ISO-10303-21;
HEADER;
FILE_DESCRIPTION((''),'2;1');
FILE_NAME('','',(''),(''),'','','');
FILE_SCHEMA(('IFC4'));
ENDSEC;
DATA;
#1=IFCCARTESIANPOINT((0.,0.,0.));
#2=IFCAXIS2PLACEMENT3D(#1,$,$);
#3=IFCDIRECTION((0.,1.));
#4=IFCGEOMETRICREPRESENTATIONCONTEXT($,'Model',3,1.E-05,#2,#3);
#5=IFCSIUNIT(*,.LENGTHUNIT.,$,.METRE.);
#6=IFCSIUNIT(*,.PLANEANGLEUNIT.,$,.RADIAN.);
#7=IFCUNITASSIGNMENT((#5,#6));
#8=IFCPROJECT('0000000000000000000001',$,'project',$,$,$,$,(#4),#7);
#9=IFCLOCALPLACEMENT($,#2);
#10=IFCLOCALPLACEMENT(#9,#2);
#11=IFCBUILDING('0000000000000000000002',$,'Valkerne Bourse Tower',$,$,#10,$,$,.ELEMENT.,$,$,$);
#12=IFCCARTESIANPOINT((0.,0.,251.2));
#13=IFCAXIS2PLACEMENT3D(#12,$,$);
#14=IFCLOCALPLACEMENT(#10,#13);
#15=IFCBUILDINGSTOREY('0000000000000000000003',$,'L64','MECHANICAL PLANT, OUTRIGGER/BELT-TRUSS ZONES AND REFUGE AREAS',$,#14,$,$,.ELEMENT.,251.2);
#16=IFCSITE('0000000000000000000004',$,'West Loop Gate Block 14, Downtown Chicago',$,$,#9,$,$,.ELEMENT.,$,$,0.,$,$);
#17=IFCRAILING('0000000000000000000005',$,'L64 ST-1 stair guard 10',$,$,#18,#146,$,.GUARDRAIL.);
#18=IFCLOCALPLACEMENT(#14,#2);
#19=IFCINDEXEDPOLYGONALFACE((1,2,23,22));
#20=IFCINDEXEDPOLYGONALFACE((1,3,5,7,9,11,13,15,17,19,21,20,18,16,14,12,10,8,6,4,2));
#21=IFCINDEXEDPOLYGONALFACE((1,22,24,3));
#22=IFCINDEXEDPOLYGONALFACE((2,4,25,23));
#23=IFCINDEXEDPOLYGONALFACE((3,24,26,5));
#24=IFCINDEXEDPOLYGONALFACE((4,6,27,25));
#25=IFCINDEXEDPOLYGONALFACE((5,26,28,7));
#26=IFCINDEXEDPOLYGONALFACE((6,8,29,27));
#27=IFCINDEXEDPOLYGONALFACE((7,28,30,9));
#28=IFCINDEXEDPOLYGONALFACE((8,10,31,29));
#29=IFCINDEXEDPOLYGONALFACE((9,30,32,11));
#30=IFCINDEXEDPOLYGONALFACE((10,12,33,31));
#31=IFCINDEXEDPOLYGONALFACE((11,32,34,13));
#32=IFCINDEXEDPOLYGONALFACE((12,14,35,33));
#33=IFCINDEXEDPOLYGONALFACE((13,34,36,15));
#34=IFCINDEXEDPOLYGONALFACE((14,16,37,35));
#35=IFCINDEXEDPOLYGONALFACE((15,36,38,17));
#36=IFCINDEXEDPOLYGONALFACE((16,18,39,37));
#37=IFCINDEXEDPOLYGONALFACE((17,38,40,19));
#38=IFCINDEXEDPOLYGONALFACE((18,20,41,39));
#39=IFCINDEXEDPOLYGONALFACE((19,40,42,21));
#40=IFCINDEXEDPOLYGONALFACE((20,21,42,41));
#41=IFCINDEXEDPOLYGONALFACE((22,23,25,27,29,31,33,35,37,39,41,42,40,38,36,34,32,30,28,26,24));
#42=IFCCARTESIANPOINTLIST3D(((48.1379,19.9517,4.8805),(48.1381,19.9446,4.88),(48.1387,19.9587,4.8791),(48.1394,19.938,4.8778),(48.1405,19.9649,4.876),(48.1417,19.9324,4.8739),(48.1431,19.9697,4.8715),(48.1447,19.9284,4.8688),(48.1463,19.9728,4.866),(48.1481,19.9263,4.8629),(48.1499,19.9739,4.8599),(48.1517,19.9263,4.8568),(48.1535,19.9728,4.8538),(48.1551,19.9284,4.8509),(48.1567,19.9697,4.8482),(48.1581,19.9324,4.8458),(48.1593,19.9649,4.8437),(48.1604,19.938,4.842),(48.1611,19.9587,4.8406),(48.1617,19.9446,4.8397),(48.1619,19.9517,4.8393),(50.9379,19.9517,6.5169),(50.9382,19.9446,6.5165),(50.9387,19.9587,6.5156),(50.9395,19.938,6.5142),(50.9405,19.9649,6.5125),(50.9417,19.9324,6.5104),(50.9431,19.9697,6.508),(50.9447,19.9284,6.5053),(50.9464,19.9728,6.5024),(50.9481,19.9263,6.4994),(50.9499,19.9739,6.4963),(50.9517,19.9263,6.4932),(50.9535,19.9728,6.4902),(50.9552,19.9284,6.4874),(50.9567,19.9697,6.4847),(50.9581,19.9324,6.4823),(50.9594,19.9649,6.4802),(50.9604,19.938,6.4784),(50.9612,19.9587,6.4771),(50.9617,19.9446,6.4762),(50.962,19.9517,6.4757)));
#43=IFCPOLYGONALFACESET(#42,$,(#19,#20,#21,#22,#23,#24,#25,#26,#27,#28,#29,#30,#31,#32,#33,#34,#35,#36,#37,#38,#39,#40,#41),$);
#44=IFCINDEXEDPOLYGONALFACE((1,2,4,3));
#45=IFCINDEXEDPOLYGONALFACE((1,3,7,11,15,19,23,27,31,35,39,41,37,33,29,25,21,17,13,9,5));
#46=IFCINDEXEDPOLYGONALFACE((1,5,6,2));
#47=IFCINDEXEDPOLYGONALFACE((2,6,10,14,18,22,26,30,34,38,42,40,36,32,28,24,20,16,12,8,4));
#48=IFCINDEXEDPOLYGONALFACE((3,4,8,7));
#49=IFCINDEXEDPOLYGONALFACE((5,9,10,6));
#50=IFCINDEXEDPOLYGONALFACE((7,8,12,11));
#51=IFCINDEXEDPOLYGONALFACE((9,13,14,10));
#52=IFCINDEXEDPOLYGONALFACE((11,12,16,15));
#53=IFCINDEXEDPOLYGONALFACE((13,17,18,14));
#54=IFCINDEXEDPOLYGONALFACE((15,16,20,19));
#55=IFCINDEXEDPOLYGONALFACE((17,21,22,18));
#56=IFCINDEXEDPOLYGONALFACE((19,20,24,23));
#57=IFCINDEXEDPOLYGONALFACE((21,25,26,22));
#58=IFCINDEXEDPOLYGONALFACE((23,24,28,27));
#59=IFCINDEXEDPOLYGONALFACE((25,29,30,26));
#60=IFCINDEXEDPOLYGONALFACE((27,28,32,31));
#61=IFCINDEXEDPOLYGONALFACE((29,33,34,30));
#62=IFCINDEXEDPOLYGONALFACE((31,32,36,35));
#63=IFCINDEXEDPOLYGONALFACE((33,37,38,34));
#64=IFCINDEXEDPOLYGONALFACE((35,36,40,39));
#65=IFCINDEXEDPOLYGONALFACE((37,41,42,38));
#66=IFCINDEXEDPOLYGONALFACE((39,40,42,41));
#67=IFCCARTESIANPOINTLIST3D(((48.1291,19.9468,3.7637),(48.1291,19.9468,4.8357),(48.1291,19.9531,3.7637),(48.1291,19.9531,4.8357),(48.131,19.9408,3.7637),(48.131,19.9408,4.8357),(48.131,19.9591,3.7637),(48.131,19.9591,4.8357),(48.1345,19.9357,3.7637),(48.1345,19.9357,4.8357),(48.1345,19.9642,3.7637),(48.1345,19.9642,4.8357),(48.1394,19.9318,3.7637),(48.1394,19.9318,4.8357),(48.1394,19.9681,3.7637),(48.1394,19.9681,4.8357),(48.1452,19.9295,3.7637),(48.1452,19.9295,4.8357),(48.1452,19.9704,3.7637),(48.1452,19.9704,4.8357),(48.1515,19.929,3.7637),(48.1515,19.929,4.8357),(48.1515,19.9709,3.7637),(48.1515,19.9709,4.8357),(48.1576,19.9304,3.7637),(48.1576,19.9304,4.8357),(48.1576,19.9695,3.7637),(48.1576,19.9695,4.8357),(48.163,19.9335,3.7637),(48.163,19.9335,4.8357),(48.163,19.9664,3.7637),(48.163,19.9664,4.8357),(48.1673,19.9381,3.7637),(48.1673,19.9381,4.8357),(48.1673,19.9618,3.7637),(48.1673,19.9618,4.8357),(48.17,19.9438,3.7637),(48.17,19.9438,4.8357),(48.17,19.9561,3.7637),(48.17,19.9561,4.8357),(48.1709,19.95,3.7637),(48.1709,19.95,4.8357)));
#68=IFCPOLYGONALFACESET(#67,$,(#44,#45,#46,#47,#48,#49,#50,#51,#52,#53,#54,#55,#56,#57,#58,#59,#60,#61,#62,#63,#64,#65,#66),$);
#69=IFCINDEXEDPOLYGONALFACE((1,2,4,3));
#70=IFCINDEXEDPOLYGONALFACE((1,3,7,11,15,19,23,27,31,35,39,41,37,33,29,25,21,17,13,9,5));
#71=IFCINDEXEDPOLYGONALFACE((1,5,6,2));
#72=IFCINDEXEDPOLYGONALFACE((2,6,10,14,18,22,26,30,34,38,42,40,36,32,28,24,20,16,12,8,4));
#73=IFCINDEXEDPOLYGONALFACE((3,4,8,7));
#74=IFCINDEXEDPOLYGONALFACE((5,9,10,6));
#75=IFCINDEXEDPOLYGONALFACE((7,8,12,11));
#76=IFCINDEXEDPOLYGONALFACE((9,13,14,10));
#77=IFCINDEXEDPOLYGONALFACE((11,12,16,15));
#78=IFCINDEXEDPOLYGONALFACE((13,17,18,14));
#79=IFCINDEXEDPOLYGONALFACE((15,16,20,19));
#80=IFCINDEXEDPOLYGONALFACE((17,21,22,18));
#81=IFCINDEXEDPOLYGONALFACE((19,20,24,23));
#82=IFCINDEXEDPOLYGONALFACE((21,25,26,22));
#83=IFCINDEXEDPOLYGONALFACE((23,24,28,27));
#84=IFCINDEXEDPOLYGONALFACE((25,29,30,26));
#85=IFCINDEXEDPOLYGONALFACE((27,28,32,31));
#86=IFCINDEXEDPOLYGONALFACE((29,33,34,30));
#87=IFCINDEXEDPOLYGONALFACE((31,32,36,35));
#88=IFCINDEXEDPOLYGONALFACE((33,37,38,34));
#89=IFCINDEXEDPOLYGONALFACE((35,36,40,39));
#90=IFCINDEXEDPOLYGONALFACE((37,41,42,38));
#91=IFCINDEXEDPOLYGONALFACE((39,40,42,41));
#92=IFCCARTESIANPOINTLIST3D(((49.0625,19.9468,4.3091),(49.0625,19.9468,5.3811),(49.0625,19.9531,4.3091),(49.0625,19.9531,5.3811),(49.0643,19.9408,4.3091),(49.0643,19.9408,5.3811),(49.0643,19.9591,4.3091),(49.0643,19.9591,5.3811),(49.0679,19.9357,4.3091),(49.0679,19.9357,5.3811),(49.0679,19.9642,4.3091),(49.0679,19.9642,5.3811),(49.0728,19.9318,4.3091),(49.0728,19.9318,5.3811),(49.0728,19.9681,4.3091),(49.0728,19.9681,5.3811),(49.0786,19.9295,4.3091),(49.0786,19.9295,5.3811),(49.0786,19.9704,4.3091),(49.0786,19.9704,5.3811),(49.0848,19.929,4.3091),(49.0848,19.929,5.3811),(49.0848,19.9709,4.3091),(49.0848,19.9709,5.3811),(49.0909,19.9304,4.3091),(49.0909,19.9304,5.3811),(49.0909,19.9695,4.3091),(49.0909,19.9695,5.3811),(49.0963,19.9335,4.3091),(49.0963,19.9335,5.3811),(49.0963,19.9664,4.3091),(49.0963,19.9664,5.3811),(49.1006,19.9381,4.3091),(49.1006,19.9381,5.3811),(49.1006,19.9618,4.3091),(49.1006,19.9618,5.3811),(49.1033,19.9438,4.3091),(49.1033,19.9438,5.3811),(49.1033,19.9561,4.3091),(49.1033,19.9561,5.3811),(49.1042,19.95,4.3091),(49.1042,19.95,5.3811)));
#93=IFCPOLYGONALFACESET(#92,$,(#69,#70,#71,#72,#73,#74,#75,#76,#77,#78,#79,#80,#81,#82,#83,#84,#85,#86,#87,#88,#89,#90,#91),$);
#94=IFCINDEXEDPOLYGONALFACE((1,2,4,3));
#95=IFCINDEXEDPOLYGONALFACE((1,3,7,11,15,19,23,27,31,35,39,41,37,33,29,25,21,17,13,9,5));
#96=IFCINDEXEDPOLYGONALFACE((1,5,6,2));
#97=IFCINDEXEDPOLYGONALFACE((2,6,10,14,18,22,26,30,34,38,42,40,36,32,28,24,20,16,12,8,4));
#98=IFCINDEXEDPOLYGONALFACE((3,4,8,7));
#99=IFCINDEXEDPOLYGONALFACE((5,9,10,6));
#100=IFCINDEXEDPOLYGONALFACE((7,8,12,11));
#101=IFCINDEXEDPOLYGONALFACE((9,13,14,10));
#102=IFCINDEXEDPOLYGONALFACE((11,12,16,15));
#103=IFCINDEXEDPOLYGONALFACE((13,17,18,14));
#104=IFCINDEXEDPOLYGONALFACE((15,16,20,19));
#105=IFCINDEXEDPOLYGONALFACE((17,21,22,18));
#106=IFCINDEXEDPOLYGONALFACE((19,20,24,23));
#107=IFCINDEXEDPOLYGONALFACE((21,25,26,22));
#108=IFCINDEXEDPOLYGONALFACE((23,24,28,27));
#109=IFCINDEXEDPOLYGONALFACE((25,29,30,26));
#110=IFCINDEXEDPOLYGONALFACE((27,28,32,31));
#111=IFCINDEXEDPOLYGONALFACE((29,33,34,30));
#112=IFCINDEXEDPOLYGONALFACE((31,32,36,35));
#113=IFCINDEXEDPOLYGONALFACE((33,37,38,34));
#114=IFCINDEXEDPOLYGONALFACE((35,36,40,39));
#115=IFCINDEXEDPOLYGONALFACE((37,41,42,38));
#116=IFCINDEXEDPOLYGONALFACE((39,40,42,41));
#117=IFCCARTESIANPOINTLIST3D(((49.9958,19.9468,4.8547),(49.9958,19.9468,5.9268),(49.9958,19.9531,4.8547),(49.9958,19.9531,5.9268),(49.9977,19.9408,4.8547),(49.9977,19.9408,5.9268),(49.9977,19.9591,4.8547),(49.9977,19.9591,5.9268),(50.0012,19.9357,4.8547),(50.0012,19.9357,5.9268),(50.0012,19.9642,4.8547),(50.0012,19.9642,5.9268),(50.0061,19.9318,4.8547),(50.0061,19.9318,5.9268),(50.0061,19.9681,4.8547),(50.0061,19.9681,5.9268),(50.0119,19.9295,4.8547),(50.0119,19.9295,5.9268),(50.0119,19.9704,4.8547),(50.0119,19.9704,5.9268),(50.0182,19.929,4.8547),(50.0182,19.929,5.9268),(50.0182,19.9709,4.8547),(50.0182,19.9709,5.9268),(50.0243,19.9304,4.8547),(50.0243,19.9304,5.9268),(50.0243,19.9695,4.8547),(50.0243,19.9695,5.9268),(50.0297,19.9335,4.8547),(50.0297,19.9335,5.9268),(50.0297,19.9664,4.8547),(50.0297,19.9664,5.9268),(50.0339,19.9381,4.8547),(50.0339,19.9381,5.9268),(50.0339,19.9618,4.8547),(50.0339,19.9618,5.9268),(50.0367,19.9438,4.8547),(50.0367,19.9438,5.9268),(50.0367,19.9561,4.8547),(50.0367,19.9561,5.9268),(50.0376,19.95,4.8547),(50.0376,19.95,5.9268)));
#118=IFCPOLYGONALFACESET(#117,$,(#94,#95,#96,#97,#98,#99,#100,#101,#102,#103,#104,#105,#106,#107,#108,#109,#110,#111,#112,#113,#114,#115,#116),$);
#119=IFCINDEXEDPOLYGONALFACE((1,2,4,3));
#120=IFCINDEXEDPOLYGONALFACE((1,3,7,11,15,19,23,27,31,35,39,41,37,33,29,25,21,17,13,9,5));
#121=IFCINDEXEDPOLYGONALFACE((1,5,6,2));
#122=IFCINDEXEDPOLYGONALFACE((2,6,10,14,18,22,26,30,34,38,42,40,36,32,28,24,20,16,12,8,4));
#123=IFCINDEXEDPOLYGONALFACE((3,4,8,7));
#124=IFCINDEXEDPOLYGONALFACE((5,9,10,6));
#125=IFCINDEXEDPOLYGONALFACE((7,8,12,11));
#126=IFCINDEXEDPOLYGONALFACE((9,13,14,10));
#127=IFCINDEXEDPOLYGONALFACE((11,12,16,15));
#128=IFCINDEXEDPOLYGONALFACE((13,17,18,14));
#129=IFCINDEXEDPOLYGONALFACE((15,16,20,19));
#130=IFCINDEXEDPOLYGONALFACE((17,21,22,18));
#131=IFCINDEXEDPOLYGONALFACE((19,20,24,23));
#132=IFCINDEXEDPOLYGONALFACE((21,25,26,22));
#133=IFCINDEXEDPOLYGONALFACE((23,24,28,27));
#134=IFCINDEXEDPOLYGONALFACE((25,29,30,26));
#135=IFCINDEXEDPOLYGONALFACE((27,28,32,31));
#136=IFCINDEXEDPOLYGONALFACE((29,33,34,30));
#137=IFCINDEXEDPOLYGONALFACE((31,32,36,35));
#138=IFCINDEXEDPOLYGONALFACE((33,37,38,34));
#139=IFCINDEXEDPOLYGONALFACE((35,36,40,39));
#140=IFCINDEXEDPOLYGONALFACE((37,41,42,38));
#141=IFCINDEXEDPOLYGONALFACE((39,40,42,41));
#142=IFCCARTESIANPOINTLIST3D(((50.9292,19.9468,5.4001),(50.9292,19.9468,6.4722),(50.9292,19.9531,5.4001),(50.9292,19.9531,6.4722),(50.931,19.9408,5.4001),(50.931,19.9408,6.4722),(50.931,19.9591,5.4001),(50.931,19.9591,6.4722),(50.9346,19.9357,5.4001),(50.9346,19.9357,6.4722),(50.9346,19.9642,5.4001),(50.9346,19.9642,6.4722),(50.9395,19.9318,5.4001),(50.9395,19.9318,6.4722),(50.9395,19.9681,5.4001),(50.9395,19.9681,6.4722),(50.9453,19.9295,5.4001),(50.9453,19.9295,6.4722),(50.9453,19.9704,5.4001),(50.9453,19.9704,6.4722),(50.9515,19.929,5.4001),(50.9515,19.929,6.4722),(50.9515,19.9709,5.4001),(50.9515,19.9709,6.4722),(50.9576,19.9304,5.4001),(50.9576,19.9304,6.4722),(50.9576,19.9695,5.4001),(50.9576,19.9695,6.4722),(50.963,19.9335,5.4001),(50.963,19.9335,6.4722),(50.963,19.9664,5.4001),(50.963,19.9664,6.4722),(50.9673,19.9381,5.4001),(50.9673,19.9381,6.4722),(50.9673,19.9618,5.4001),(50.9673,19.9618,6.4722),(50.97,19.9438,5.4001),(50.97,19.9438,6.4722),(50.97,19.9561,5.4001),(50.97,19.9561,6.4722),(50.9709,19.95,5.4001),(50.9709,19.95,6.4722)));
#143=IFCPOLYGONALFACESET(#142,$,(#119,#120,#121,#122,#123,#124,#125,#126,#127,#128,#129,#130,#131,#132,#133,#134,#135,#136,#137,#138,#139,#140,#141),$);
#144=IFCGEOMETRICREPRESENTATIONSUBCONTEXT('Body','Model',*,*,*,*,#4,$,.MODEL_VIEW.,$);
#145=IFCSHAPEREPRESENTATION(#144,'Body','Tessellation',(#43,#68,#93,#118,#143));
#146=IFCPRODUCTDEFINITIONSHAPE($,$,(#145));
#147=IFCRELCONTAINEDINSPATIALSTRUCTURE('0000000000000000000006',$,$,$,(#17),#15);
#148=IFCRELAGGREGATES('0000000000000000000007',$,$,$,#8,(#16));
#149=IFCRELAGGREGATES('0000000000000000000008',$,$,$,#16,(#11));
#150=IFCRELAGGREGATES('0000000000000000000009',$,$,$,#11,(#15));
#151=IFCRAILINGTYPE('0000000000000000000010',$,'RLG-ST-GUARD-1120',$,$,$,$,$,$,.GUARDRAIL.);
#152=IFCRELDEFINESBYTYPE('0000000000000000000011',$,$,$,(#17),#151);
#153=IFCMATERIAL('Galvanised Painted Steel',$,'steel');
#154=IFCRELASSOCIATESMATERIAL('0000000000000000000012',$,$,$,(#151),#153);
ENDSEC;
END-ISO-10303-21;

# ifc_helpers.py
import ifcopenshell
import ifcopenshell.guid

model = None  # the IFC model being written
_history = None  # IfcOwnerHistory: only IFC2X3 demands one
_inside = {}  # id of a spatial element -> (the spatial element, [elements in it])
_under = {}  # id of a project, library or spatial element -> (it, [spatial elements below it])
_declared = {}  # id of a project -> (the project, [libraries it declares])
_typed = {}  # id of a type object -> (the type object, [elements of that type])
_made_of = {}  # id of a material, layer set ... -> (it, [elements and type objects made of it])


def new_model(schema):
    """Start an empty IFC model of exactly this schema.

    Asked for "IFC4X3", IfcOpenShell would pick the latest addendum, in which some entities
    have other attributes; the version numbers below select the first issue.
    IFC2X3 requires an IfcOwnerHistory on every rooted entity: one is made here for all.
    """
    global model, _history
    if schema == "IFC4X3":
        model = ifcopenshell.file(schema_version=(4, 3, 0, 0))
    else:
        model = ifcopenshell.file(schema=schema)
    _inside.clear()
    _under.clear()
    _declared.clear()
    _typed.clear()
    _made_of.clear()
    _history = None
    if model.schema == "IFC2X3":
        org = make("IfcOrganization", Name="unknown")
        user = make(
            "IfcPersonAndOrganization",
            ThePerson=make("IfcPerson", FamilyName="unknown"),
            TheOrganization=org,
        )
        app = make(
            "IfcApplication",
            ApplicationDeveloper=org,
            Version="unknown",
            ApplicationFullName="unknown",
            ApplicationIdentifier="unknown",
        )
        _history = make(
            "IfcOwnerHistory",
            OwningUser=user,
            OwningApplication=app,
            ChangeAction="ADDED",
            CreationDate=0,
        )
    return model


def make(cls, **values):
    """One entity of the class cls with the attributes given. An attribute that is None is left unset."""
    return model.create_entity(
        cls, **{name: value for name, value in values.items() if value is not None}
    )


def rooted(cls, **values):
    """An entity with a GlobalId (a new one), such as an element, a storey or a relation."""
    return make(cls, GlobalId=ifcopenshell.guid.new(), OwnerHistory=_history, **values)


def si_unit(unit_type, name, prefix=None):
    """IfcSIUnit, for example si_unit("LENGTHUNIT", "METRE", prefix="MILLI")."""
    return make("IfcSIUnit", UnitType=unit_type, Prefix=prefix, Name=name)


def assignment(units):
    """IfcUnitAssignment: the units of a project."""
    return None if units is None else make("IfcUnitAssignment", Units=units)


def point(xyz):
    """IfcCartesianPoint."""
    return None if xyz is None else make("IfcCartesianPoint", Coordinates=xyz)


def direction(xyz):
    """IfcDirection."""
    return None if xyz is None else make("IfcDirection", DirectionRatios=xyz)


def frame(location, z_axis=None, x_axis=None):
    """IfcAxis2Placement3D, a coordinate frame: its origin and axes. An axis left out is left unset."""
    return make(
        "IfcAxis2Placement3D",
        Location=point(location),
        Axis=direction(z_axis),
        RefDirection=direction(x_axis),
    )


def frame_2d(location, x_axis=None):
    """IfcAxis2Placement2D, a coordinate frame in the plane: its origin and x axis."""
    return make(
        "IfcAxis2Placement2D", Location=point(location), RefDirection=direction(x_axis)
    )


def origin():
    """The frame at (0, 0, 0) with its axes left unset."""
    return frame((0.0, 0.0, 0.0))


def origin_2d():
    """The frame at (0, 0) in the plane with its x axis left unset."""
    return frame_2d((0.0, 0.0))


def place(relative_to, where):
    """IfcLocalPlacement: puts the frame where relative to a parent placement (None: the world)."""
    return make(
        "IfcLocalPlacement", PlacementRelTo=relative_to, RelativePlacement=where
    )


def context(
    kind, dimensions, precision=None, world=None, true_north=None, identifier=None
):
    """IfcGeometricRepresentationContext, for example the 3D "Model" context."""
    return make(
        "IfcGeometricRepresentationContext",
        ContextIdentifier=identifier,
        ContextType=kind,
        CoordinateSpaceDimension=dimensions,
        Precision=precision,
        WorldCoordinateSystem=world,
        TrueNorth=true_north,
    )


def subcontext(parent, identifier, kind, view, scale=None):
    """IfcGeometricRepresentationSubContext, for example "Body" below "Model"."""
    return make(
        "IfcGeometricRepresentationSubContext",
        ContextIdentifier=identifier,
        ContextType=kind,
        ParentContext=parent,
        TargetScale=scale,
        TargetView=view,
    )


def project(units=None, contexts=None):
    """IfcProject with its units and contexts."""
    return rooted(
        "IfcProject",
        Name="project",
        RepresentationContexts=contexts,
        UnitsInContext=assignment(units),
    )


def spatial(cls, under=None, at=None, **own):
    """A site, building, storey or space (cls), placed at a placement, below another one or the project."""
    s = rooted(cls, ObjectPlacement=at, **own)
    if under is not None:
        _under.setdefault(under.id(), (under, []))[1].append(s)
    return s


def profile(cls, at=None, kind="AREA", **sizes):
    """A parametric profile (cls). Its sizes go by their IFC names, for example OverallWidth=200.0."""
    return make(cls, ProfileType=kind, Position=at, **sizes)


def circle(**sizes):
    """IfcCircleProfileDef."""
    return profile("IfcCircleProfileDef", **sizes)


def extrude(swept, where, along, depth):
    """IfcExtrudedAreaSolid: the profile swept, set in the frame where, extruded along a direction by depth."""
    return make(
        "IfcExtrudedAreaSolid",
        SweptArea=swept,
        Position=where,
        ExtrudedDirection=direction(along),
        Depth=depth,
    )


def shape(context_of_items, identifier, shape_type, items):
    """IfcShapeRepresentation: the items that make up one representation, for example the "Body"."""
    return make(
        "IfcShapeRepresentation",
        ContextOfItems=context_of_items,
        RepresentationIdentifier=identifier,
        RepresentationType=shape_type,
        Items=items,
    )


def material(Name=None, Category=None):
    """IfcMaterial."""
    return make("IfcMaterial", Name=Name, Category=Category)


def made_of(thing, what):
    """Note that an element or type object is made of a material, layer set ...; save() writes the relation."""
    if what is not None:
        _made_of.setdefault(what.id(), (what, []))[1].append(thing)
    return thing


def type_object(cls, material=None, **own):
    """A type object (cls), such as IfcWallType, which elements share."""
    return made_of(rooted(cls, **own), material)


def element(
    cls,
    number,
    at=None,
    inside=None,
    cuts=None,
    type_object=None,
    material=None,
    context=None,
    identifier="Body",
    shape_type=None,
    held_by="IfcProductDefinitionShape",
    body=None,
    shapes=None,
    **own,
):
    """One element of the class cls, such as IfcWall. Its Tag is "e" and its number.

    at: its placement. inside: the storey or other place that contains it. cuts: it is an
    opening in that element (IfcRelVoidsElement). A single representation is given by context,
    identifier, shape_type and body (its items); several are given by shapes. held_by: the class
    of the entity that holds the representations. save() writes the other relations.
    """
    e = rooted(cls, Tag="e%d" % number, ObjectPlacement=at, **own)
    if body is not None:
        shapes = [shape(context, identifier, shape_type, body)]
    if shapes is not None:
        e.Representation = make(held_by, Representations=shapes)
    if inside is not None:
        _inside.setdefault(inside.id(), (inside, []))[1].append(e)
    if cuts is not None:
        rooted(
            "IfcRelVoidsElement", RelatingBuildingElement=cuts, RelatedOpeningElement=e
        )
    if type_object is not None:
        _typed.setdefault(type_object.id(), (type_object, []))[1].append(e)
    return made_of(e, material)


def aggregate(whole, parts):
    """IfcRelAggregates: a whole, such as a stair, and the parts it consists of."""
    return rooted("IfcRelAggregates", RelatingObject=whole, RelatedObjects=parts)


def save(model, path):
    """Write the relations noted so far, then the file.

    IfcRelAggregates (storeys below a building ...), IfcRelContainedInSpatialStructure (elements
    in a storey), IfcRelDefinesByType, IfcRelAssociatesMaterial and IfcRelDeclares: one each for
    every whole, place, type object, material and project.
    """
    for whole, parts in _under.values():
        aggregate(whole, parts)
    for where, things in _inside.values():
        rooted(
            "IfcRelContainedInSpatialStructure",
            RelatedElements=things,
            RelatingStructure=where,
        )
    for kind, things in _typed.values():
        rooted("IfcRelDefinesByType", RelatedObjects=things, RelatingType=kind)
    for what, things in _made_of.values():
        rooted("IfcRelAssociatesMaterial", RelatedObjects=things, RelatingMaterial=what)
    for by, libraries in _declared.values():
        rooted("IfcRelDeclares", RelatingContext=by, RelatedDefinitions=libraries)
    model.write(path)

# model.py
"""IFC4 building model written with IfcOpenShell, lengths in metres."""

from ifc_helpers import new_model, si_unit, direction, frame, origin, origin_2d, place, context, subcontext, project, spatial, circle, extrude, material, type_object, element, save


model = new_model("IFC4")

# Units and contexts
model_context = context("Model", 3, precision=1e-05, world=origin(), true_north=direction((0.0, 1.0)))
body_context = subcontext(model_context, "Body", "Model", "MODEL_VIEW")
ifc_project = project(units=[si_unit("LENGTHUNIT", "METRE"), si_unit("PLANEANGLEUNIT", "RADIAN")], contexts=[model_context])

# Site, building, storey
site_placement = place(None, origin())
site = spatial("IfcSite", under=ifc_project, at=site_placement, Name="West Loop Gate Block 14, Downtown Chicago", CompositionType="ELEMENT", RefElevation=0.0)
building_placement = place(site_placement, origin())
building = spatial("IfcBuilding", under=site, at=building_placement, Name="Valkerne Bourse Tower", CompositionType="ELEMENT")
storey_placement = place(building_placement, frame((0.0, 0.0, 251.2)))
storey = spatial("IfcBuildingStorey", under=building, at=storey_placement, Name="L64", Description="MECHANICAL PLANT, OUTRIGGER/BELT-TRUSS ZONES AND REFUGE AREAS", CompositionType="ELEMENT", Elevation=251.2)

# Shared definitions
ifc_material_1 = material(Name="Galvanised Painted Steel", Category="steel")

# Railing
railing_type_1 = type_object("IfcRailingType", Name="RLG-ST-GUARD-1120", PredefinedType="GUARDRAIL", material=ifc_material_1)
railing_1_placement = place(storey_placement, frame((48.1499, 19.95, 3.7637)))
element("IfcRailing", 1, at=railing_1_placement, inside=storey, type_object=railing_type_1, Name="L64 ST-1 stair guard 10", PredefinedType="GUARDRAIL", context=body_context, shape_type="SweptSolid", body=[
    extrude(circle(Radius=0.0239, at=origin_2d()), frame((0.0, 0.0, 1.0962), z_axis=(0.863361, 0.0, 0.504587), x_axis=(0.0, 1.0, 0.0)), (0.0, 0.0, 1.0), 3.2432),
    extrude(circle(Radius=0.021, at=origin_2d()), origin(), (0.0, 0.0, 1.0), 1.072),
    extrude(circle(Radius=0.021, at=origin_2d()), frame((0.9333, 0.0, 0.5454)), (0.0, 0.0, 1.0), 1.072),
    extrude(circle(Radius=0.021, at=origin_2d()), frame((1.8667, 0.0, 1.0911)), (0.0, 0.0, 1.0), 1.072),
    extrude(circle(Radius=0.021, at=origin_2d()), frame((2.8, 0.0, 1.6365)), (0.0, 0.0, 1.0), 1.072),
])

save(model, "model.ifc")
